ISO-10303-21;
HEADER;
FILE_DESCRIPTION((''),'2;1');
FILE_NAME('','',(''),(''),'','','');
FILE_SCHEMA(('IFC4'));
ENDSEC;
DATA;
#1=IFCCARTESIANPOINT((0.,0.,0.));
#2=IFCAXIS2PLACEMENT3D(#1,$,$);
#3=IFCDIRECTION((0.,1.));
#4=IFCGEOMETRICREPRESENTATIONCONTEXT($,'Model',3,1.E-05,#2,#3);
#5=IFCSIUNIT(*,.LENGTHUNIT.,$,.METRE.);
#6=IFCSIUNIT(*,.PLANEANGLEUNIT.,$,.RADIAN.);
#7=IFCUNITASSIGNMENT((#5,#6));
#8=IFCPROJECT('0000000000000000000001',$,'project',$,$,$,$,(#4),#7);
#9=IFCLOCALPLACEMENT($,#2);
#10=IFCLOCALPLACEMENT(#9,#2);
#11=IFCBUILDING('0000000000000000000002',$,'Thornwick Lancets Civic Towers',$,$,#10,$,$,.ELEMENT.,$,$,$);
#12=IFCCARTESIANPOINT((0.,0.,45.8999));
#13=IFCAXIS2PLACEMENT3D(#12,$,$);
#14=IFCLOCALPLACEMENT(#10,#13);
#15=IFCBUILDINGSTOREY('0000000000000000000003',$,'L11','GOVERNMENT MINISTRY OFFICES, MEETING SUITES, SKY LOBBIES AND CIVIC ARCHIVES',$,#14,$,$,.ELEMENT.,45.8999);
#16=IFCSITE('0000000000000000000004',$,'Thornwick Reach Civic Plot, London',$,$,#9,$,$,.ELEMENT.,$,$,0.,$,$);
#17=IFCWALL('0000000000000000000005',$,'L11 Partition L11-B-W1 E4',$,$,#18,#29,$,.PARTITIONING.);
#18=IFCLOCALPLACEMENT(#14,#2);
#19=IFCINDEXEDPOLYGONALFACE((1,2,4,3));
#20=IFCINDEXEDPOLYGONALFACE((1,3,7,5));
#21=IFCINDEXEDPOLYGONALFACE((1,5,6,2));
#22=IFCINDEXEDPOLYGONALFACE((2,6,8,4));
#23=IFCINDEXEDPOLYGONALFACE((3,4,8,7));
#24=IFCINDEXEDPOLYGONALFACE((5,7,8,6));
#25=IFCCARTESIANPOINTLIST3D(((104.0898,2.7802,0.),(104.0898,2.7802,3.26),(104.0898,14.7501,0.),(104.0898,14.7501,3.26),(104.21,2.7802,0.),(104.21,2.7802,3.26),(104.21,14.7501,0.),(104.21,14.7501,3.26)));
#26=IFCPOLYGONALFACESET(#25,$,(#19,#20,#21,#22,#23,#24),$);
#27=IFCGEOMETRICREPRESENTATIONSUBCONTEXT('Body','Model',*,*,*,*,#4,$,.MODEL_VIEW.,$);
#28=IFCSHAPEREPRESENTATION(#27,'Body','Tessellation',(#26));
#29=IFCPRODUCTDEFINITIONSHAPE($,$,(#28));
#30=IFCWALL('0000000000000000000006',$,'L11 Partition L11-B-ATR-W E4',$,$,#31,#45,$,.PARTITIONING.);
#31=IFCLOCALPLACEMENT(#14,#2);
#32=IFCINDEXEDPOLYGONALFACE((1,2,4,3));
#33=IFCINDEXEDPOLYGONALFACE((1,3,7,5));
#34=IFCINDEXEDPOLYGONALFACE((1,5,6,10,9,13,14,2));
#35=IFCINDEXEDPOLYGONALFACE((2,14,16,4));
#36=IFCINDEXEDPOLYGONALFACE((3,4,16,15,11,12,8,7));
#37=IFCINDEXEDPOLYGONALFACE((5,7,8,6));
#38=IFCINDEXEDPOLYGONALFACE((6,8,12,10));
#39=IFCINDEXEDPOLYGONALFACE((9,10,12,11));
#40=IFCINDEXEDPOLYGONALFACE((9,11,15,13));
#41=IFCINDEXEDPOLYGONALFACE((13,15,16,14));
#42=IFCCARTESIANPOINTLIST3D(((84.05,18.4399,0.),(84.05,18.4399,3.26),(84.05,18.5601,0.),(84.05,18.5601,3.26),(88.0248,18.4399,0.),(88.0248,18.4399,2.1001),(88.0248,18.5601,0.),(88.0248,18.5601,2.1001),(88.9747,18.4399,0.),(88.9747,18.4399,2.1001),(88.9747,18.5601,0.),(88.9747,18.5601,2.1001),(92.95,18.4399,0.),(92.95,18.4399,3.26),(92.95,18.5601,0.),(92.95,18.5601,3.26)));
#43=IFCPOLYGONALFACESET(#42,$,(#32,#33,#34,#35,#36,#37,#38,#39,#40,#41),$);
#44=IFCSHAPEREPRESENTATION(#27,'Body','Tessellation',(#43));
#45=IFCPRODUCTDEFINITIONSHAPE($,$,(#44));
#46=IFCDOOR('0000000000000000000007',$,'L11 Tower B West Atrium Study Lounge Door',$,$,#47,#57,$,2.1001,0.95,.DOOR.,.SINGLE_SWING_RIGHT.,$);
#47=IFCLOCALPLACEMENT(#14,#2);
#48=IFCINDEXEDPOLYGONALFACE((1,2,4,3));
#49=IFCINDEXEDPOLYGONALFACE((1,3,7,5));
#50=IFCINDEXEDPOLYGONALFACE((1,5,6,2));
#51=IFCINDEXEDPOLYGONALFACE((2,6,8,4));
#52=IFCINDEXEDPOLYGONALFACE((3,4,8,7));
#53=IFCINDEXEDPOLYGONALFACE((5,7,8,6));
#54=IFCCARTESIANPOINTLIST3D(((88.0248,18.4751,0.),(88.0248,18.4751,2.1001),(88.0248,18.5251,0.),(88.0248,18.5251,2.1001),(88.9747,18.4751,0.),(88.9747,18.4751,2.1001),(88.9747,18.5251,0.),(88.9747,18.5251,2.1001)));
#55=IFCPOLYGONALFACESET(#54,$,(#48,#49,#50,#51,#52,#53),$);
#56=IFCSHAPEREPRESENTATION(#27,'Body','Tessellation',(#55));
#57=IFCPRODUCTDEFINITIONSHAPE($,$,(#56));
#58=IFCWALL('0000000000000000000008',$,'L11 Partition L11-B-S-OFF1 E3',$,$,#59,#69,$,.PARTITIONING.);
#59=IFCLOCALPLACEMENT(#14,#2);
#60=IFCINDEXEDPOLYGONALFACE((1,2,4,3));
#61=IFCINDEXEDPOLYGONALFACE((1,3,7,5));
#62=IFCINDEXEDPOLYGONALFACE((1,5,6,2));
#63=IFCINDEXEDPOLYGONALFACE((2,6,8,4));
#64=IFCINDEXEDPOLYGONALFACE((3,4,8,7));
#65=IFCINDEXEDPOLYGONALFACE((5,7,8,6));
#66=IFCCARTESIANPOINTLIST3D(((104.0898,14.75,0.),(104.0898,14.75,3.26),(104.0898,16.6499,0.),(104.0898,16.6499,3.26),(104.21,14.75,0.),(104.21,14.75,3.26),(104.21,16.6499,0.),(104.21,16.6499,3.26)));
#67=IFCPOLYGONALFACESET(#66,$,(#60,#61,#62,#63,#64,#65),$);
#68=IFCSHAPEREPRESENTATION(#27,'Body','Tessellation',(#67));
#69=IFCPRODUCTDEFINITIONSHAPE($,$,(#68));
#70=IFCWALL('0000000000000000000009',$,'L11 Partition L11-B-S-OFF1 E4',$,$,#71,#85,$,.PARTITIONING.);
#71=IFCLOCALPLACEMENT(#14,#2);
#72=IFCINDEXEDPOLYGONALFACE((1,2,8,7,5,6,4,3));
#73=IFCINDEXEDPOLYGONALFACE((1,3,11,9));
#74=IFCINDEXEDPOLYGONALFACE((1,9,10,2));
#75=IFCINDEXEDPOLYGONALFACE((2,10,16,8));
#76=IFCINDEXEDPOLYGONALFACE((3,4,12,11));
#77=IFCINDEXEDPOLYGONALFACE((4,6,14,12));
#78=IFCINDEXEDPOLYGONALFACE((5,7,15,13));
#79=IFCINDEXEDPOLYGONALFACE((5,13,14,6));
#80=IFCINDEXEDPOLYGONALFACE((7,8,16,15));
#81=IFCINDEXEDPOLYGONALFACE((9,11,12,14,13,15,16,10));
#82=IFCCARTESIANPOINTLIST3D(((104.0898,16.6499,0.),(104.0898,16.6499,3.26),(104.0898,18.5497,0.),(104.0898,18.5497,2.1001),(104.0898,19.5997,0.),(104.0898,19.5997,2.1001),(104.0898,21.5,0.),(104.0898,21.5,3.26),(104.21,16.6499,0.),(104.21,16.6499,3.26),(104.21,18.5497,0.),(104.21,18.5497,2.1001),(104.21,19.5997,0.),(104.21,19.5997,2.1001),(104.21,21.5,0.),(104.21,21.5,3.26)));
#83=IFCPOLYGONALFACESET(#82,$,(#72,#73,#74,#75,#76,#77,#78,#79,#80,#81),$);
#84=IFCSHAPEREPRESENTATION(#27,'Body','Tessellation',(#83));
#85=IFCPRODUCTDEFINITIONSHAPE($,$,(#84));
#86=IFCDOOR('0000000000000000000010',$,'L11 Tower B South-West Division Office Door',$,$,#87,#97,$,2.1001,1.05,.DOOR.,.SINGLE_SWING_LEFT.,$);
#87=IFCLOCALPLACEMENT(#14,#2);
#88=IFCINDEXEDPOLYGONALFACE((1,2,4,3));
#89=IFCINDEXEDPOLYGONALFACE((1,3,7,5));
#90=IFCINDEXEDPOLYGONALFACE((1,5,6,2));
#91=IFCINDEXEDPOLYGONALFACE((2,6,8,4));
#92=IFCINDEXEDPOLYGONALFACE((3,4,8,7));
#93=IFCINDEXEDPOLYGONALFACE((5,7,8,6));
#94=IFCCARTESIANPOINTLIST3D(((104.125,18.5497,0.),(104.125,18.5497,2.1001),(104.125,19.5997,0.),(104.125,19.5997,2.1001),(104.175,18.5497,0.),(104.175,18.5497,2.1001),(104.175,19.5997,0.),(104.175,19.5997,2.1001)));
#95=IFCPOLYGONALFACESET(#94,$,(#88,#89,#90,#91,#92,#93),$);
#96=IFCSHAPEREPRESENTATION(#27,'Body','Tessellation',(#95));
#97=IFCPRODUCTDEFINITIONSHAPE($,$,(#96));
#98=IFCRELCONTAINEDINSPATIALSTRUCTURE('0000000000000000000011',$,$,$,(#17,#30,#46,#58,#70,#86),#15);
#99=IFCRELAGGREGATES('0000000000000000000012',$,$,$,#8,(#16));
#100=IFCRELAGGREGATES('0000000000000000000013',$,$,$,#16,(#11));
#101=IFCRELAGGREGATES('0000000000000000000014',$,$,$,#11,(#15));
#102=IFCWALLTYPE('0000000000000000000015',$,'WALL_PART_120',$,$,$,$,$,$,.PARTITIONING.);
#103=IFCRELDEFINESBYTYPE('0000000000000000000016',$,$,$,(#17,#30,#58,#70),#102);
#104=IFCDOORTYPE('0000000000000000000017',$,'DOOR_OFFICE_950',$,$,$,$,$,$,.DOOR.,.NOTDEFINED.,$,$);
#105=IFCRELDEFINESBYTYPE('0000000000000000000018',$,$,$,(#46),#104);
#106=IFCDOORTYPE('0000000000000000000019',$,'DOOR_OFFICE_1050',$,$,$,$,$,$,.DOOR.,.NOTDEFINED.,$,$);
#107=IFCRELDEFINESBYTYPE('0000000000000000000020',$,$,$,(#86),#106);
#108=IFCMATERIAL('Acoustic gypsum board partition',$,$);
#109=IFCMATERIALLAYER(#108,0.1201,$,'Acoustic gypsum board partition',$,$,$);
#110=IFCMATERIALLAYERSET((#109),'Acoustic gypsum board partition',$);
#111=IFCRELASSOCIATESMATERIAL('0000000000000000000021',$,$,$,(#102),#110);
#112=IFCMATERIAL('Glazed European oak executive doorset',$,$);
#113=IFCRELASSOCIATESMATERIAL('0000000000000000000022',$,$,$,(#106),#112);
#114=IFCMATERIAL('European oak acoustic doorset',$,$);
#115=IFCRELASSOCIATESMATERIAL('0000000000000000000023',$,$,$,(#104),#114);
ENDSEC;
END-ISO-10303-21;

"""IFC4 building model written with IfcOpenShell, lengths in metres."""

from ifc_helpers import new_model, si_unit, direction, frame, frame_2d, origin, place, context, subcontext, project, spatial, rectangle, extrude, material, layer, layer_set, type_object, element, fill, save


model = new_model("IFC4")

# Units and contexts
model_context = context("Model", 3, precision=1e-05, world=origin(), true_north=direction((0.0, 1.0)))
body_context = subcontext(model_context, "Body", "Model", "MODEL_VIEW")
ifc_project = project(units=[si_unit("LENGTHUNIT", "METRE"), si_unit("PLANEANGLEUNIT", "RADIAN")], contexts=[model_context])

# Site, building, storey
site_placement = place(None, origin())
site = spatial("IfcSite", under=ifc_project, at=site_placement, Name="Thornwick Reach Civic Plot, London", CompositionType="ELEMENT", RefElevation=0.0)
building_placement = place(site_placement, origin())
building = spatial("IfcBuilding", under=site, at=building_placement, Name="Thornwick Lancets Civic Towers", CompositionType="ELEMENT")
storey_placement = place(building_placement, frame((0.0, 0.0, 45.8999)))
storey = spatial("IfcBuildingStorey", under=building, at=storey_placement, Name="L11", Description="GOVERNMENT MINISTRY OFFICES, MEETING SUITES, SKY LOBBIES AND CIVIC ARCHIVES", CompositionType="ELEMENT", Elevation=45.8999)

# Shared definitions
ifc_material_1 = material(Name="Acoustic gypsum board partition")
ifc_layer_1 = layer(ifc_material_1, 0.1201, Name="Acoustic gypsum board partition")
ifc_layer_set_1 = layer_set([ifc_layer_1], Name="Acoustic gypsum board partition")
wall_type_1 = type_object("IfcWallType", Name="WALL_PART_120", PredefinedType="PARTITIONING", material=ifc_layer_set_1)

# Shared definitions
ifc_material_2 = material(Name="Glazed European oak executive doorset")
door_type_1 = type_object("IfcDoorType", Name="DOOR_OFFICE_1050", OperationType="NOTDEFINED", PredefinedType="DOOR", material=ifc_material_2)

# Wall
wall_1_placement = place(storey_placement, frame((104.1499, 14.75, 0.0), z_axis=(0.0, 0.0, 1.0), x_axis=(0.0, -1.0, 0.0)))
element("IfcWall", 1, at=wall_1_placement, inside=storey, type_object=wall_type_1, Name="L11 Partition L11-B-W1 E4", PredefinedType="PARTITIONING", context=body_context, shape_type="SweptSolid", body=[
    extrude(rectangle(XDim=11.97, YDim=0.1201, at=frame_2d((5.9849, 0.0))), origin(), (0.0, 0.0, 1.0), 3.26),
])

# Wall, opening, door
wall_2_placement = place(storey_placement, frame((92.95, 18.5, 0.0), z_axis=(0.0, 0.0, 1.0), x_axis=(-1.0, 0.0, 0.0)))
wall_2 = element("IfcWall", 2, at=wall_2_placement, inside=storey, type_object=wall_type_1, Name="L11 Partition L11-B-ATR-W E4", PredefinedType="PARTITIONING", context=body_context, shape_type="SweptSolid", body=[
    extrude(rectangle(XDim=8.8999, YDim=0.1201, at=frame_2d((4.45, 0.0))), origin(), (0.0, 0.0, 1.0), 3.26),
])
opening_1_placement = place(wall_2_placement, frame((3.9751, 0.0, 0.0)))
opening_1 = element("IfcOpeningElement", 3, at=opening_1_placement, cuts=wall_2, PredefinedType="OPENING", context=body_context, shape_type="SweptSolid", body=[
    extrude(rectangle(XDim=0.95, YDim=2.1001, at=frame_2d((0.4751, 1.05))), frame((0.0, 0.0701, 0.0), z_axis=(0.0, -1.0, 0.0), x_axis=(1.0, 0.0, 0.0)), (0.0, 0.0, 1.0), 0.1401),
])
ifc_material_3 = material(Name="European oak acoustic doorset")
door_type_2 = type_object("IfcDoorType", Name="DOOR_OFFICE_950", OperationType="NOTDEFINED", PredefinedType="DOOR", material=ifc_material_3)
door_1_placement = place(opening_1_placement, origin())
door_1 = element("IfcDoor", 4, at=door_1_placement, inside=storey, type_object=door_type_2, Name="L11 Tower B West Atrium Study Lounge Door", OperationType="SINGLE_SWING_RIGHT", OverallHeight=2.1001, OverallWidth=0.95, PredefinedType="DOOR", context=body_context, shape_type="SweptSolid", body=[
    extrude(rectangle(XDim=0.95, YDim=2.1001, at=frame_2d((0.4751, 1.05))), frame((0.0, 0.0249, 0.0), z_axis=(0.0, -1.0, 0.0), x_axis=(1.0, 0.0, 0.0)), (0.0, 0.0, 1.0), 0.05),
])
fill(opening_1, door_1)

# Wall
wall_3_placement = place(storey_placement, frame((104.1499, 14.75, 0.0), z_axis=(0.0, 0.0, 1.0), x_axis=(0.0, 1.0, 0.0)))
element("IfcWall", 5, at=wall_3_placement, inside=storey, type_object=wall_type_1, Name="L11 Partition L11-B-S-OFF1 E3", PredefinedType="PARTITIONING", context=body_context, shape_type="SweptSolid", body=[
    extrude(rectangle(XDim=1.8999, YDim=0.1201, at=frame_2d((0.95, 0.0))), origin(), (0.0, 0.0, 1.0), 3.26),
])

# Wall, opening, door
wall_4_placement = place(storey_placement, frame((104.1499, 16.6499, 0.0), z_axis=(0.0, 0.0, 1.0), x_axis=(0.0, 1.0, 0.0)))
wall_4 = element("IfcWall", 6, at=wall_4_placement, inside=storey, type_object=wall_type_1, Name="L11 Partition L11-B-S-OFF1 E4", PredefinedType="PARTITIONING", context=body_context, shape_type="SweptSolid", body=[
    extrude(rectangle(XDim=4.8501, YDim=0.1201, at=frame_2d((2.425, 0.0))), origin(), (0.0, 0.0, 1.0), 3.26),
])
opening_2_placement = place(wall_4_placement, frame((1.8999, 0.0, 0.0)))
opening_2 = element("IfcOpeningElement", 7, at=opening_2_placement, cuts=wall_4, PredefinedType="OPENING", context=body_context, shape_type="SweptSolid", body=[
    extrude(rectangle(XDim=1.05, YDim=2.1001, at=frame_2d((0.5249, 1.05))), frame((0.0, 0.0701, 0.0), z_axis=(0.0, -1.0, 0.0), x_axis=(1.0, 0.0, 0.0)), (0.0, 0.0, 1.0), 0.1401),
])
door_2_placement = place(opening_2_placement, origin())
door_2 = element("IfcDoor", 8, at=door_2_placement, inside=storey, type_object=door_type_1, Name="L11 Tower B South-West Division Office Door", OperationType="SINGLE_SWING_LEFT", OverallHeight=2.1001, OverallWidth=1.05, PredefinedType="DOOR", context=body_context, shape_type="SweptSolid", body=[
    extrude(rectangle(XDim=1.05, YDim=2.1001, at=frame_2d((0.5249, 1.05))), frame((0.0, 0.0249, 0.0), z_axis=(0.0, -1.0, 0.0), x_axis=(1.0, 0.0, 0.0)), (0.0, 0.0, 1.0), 0.05),
])
fill(opening_2, door_2)

save(model, "model.ifc")
